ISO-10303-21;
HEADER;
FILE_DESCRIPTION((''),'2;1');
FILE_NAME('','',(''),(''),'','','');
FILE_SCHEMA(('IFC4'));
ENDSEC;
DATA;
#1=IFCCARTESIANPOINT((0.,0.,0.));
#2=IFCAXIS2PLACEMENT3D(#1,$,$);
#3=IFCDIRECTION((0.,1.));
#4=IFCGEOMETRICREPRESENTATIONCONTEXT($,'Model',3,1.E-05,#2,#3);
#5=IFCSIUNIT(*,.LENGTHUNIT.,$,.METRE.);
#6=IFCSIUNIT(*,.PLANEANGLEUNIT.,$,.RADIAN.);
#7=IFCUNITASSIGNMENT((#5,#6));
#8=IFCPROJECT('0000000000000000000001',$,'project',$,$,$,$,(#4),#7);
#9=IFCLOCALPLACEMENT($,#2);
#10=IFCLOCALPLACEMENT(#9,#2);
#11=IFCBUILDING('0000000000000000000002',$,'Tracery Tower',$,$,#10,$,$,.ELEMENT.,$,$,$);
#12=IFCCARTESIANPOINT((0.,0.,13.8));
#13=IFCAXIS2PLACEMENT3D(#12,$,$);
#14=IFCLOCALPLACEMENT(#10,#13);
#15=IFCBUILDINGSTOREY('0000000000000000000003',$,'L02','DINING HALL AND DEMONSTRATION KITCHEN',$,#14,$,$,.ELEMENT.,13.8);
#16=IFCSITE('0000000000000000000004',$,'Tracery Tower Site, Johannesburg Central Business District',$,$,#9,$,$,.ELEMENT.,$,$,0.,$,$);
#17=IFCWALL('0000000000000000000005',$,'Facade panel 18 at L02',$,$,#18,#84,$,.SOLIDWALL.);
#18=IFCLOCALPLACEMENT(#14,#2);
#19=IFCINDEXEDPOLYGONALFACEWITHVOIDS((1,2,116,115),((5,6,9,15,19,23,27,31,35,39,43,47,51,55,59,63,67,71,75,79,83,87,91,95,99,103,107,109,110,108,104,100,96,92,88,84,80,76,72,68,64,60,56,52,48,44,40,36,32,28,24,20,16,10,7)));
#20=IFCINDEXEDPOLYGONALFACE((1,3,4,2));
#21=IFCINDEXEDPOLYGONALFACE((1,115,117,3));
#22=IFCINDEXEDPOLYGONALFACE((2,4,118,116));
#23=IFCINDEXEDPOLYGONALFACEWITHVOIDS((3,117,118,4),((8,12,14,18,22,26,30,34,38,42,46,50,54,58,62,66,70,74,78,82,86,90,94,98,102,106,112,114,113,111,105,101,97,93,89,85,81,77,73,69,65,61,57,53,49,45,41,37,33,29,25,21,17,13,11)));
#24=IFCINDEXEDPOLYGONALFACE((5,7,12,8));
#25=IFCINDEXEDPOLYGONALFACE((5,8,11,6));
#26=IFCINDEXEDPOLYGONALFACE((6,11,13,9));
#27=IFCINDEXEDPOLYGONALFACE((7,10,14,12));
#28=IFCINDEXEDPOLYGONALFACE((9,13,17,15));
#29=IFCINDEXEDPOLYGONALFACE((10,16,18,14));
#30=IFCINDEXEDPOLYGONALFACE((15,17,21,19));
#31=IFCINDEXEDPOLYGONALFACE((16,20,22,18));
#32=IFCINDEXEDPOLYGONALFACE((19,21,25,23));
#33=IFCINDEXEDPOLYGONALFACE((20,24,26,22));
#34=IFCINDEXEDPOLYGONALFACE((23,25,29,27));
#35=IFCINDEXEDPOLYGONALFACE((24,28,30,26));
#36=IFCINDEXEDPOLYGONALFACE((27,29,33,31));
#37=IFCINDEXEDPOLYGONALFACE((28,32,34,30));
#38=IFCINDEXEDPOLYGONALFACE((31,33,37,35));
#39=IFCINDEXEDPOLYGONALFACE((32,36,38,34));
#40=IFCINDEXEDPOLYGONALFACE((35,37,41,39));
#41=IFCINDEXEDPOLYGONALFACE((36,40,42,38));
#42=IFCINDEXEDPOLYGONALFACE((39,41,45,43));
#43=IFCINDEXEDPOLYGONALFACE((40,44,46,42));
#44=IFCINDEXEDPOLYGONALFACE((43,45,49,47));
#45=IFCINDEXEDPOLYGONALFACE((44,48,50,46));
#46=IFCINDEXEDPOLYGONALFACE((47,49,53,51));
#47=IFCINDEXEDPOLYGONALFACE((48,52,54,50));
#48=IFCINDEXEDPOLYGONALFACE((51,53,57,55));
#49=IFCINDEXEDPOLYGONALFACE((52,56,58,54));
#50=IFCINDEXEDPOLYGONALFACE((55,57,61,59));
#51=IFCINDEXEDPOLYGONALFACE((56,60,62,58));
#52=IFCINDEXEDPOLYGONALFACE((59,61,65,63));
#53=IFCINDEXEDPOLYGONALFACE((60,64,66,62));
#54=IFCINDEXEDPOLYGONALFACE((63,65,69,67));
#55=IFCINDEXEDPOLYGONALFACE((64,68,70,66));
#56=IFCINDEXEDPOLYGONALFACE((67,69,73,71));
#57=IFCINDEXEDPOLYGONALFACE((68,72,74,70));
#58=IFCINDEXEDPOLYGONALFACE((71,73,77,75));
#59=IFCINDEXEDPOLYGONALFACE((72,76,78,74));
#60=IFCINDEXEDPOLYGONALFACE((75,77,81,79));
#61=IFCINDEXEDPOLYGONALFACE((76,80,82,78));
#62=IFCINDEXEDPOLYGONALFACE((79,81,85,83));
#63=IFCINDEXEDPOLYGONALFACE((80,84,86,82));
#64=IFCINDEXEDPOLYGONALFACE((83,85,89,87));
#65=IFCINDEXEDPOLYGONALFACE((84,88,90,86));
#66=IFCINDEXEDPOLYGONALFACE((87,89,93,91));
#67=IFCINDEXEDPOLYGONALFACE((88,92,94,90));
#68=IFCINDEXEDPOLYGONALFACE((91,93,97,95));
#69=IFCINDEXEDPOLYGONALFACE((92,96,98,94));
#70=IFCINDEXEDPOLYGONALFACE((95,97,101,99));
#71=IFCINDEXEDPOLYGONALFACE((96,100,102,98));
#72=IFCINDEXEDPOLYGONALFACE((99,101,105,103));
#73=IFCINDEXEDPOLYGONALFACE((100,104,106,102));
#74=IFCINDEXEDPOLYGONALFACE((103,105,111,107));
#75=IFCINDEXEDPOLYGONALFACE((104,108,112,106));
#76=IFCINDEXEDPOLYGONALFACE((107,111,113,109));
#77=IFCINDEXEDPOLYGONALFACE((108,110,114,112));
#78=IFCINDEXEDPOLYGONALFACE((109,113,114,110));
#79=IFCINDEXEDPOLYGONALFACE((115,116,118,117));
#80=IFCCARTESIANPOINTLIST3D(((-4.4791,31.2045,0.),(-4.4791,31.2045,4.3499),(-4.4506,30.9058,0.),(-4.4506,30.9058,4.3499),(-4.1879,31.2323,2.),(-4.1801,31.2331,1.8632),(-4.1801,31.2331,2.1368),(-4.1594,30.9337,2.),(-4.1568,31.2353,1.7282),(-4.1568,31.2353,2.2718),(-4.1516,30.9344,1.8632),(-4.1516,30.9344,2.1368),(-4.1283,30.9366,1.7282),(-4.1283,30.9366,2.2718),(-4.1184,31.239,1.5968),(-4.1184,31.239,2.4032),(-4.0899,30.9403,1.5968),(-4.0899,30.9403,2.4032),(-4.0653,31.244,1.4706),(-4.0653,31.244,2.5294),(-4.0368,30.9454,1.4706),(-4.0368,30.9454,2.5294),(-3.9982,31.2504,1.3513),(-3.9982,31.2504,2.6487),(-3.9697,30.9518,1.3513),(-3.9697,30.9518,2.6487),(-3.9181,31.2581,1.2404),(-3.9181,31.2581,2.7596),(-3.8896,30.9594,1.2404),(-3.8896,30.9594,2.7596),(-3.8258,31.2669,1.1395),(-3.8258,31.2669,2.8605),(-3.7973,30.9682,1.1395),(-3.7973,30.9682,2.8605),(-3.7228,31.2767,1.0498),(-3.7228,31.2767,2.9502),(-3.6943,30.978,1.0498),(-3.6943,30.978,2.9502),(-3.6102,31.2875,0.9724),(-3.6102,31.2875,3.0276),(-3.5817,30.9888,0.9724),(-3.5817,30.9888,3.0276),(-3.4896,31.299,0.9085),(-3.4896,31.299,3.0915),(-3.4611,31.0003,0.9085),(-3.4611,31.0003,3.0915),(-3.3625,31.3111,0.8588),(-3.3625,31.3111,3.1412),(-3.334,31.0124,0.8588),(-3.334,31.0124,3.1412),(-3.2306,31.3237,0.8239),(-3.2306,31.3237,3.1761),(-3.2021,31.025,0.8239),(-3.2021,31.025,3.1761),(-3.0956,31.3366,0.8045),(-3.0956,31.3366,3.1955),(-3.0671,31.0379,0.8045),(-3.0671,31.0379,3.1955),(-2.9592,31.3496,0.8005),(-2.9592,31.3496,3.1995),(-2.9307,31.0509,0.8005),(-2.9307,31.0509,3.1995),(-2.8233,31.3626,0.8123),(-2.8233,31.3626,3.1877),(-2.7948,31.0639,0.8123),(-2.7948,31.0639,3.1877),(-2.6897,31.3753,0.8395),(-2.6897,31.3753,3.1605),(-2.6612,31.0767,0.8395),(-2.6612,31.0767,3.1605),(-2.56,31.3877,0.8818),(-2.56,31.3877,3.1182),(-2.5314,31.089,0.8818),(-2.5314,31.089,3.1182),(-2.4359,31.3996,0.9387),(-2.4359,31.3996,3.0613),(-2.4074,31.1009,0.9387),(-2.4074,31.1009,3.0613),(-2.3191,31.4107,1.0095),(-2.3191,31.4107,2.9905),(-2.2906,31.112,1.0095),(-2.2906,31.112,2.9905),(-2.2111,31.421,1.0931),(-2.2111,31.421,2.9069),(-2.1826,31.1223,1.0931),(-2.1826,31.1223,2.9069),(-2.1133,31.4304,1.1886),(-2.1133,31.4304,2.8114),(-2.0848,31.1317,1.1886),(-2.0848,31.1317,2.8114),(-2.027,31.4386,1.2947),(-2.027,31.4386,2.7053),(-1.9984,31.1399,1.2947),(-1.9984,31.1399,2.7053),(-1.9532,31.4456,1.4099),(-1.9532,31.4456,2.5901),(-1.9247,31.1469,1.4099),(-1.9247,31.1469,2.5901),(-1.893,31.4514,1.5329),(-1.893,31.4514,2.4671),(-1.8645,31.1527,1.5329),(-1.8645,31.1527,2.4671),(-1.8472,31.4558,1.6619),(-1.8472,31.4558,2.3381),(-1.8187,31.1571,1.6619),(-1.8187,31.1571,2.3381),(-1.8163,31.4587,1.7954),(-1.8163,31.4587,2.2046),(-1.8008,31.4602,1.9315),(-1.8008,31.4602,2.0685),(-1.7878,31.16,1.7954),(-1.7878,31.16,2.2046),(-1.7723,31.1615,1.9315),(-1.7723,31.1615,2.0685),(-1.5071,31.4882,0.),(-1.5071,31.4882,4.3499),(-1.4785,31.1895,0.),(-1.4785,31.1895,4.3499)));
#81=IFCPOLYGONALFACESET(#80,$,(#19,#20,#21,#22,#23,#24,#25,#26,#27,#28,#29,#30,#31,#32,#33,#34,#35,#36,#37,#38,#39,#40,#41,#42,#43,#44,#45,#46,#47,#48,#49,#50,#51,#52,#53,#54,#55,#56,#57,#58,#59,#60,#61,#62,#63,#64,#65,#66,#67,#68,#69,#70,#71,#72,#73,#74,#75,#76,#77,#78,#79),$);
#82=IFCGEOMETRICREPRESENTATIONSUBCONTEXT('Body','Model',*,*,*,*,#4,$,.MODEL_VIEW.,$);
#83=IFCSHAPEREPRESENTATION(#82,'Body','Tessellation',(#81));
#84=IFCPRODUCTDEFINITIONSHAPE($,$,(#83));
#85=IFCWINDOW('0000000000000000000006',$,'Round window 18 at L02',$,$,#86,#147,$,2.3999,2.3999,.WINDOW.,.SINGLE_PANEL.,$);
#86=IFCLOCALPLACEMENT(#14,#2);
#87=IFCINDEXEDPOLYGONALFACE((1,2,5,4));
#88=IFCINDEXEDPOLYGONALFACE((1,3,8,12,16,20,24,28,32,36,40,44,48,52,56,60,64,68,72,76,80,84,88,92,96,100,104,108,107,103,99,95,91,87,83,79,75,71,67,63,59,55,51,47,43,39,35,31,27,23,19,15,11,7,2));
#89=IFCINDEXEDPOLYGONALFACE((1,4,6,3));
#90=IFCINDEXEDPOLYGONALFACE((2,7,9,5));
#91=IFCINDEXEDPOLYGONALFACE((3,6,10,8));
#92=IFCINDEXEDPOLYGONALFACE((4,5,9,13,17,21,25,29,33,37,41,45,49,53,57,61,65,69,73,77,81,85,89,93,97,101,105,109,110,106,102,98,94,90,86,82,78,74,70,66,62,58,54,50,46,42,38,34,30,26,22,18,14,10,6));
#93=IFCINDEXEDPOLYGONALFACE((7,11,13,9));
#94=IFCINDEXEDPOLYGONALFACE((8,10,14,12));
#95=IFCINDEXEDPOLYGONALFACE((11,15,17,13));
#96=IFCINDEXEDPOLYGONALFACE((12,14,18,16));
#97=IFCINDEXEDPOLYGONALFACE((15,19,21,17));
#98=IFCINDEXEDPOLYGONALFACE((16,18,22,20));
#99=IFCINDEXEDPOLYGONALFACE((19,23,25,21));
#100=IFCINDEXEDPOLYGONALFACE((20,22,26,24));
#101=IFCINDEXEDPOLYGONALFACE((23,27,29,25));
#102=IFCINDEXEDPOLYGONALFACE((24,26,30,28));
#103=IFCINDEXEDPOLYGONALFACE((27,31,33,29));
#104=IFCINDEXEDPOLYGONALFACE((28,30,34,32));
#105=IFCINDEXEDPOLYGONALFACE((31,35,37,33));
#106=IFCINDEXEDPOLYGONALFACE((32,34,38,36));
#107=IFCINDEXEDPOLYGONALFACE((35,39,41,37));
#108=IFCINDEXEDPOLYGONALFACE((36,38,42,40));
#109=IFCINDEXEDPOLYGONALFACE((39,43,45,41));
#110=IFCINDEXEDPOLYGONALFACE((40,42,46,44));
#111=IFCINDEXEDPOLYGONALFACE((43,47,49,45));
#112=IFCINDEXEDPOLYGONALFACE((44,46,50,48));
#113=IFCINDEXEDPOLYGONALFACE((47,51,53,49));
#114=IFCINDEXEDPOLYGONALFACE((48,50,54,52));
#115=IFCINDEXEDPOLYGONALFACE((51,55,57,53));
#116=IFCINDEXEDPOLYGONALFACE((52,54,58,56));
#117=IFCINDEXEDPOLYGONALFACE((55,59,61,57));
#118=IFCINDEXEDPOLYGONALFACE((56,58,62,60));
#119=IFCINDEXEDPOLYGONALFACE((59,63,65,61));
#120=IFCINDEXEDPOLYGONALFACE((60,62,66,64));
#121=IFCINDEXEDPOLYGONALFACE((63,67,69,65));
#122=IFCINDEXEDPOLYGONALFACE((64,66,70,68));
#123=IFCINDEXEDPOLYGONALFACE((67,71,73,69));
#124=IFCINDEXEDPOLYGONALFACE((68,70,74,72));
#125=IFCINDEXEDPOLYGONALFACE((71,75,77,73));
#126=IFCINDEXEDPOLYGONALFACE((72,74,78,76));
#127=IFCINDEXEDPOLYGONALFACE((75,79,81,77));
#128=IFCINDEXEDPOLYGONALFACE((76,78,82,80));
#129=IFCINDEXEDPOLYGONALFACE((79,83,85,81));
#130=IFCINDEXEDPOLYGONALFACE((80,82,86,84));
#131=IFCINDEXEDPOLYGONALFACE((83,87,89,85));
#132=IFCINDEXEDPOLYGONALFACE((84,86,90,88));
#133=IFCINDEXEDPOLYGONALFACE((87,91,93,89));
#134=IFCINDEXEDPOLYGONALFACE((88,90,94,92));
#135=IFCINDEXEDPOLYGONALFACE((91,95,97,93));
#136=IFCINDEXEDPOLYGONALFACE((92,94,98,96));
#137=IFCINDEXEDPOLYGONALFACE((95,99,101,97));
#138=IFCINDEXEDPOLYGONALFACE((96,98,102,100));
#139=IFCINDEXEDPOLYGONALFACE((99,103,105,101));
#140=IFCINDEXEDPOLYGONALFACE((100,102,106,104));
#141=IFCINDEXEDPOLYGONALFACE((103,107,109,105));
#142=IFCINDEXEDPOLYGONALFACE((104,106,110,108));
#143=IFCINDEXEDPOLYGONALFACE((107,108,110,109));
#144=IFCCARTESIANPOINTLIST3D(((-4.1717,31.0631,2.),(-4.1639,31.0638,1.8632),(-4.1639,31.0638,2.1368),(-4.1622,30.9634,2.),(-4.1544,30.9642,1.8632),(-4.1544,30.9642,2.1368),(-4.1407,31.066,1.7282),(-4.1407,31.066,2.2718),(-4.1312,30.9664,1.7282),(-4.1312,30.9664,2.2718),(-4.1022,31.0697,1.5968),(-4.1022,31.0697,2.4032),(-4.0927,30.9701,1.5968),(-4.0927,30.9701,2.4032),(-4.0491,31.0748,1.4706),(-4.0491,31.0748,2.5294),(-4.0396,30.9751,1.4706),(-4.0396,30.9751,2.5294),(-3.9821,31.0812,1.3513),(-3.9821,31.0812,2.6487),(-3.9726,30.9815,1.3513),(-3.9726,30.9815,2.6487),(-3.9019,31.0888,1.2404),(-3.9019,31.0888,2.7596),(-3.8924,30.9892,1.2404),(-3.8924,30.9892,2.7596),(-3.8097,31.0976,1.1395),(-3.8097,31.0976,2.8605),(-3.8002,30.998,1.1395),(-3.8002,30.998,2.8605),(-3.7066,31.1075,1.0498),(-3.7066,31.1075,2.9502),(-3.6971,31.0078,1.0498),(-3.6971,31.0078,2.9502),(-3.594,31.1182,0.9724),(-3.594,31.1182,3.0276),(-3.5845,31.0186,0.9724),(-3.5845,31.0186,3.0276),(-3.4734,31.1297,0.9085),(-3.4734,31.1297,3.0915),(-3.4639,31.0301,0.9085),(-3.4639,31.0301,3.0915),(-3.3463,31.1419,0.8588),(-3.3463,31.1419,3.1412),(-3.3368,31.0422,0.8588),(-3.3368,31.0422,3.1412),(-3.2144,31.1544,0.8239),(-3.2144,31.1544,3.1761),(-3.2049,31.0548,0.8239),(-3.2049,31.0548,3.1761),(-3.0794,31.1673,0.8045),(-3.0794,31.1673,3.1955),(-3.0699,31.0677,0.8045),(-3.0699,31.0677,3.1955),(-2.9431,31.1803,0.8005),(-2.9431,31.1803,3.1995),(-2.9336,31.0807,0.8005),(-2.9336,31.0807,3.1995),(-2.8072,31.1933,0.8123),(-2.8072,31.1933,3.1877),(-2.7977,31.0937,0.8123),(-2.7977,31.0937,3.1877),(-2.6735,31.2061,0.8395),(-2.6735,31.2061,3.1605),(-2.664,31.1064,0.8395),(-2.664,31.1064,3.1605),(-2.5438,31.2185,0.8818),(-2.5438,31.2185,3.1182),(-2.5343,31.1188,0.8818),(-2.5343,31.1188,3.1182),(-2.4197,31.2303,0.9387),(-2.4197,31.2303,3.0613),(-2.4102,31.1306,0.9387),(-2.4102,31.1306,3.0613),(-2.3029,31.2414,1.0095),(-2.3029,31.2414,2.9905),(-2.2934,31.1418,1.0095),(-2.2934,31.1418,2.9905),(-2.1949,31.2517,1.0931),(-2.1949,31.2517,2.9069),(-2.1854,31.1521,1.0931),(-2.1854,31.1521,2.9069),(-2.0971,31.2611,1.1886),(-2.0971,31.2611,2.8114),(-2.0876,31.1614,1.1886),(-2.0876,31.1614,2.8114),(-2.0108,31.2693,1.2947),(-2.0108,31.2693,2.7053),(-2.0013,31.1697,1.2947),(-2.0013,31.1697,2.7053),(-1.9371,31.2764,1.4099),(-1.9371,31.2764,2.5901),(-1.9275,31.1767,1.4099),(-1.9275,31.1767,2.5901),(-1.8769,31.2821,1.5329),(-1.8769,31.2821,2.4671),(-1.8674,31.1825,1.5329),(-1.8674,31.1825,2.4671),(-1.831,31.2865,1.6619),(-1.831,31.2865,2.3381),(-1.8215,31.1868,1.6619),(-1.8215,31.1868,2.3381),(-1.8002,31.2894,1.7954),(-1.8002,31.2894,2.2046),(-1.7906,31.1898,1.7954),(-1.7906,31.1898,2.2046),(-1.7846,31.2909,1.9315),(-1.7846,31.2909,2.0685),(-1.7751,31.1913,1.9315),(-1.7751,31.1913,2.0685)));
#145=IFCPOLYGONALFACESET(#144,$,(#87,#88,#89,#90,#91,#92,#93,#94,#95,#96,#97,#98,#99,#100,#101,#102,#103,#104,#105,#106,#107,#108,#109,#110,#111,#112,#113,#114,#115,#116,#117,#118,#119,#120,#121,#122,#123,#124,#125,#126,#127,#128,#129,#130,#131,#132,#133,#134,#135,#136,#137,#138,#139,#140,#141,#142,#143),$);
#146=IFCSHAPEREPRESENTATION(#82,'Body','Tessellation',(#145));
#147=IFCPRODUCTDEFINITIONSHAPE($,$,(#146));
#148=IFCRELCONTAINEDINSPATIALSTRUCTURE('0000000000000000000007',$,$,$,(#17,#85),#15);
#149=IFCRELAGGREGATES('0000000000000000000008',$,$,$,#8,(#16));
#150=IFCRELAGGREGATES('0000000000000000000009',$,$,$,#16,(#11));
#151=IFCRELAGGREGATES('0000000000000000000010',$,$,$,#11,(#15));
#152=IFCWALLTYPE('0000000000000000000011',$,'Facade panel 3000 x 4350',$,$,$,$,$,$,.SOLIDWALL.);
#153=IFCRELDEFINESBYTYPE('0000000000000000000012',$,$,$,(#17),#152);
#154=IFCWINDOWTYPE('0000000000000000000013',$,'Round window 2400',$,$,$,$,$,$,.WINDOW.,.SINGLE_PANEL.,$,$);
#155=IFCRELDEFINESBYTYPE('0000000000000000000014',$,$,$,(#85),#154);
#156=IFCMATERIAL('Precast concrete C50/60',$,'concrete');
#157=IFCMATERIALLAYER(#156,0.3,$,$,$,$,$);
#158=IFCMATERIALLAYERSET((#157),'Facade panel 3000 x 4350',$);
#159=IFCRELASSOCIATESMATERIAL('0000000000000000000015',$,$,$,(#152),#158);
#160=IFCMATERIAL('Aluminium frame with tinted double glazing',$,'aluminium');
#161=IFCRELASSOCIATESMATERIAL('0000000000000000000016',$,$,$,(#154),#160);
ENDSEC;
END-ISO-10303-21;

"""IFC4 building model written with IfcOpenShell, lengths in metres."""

from ifc_helpers import new_model, si_unit, direction, frame, frame_2d, origin, origin_2d, place, context, subcontext, project, spatial, rectangle, circle, extrude, material, layer, layer_set, type_object, element, fill, save


model = new_model("IFC4")

# Units and contexts
model_context = context("Model", 3, precision=1e-05, world=origin(), true_north=direction((0.0, 1.0)))
body_context = subcontext(model_context, "Body", "Model", "MODEL_VIEW")
ifc_project = project(units=[si_unit("LENGTHUNIT", "METRE"), si_unit("PLANEANGLEUNIT", "RADIAN")], contexts=[model_context])

# Site, building, storey
site_placement = place(None, origin())
site = spatial("IfcSite", under=ifc_project, at=site_placement, Name="Tracery Tower Site, Johannesburg Central Business District", CompositionType="ELEMENT", RefElevation=0.0)
building_placement = place(site_placement, origin())
building = spatial("IfcBuilding", under=site, at=building_placement, Name="Tracery Tower", CompositionType="ELEMENT")
storey_placement = place(building_placement, frame((0.0, 0.0, 13.8)))
storey = spatial("IfcBuildingStorey", under=building, at=storey_placement, Name="L02", Description="DINING HALL AND DEMONSTRATION KITCHEN", CompositionType="ELEMENT", Elevation=13.8)

# Wall, opening, window
ifc_material_1 = material(Name="Precast concrete C50/60", Category="concrete")
ifc_layer_1 = layer(ifc_material_1, 0.3)
ifc_layer_set_1 = layer_set([ifc_layer_1], Name="Facade panel 3000 x 4350")
wall_type_1 = type_object("IfcWallType", Name="Facade panel 3000 x 4350", PredefinedType="SOLIDWALL", material=ifc_layer_set_1)
wall_1_placement = place(storey_placement, frame((-1.4929, 31.3389, 0.0), z_axis=(0.0, 0.0, 1.0), x_axis=(-0.995476, -0.095017, 0.0)))
wall_1 = element("IfcWall", 1, at=wall_1_placement, inside=storey, type_object=wall_type_1, Name="Facade panel 18 at L02", PredefinedType="SOLIDWALL", context=body_context, shape_type="SweptSolid", body=[
    extrude(rectangle(XDim=2.9856, YDim=0.3, at=frame_2d((1.4927, 0.0))), origin(), (0.0, 0.0, 1.0), 4.3499),
])
opening_1_placement = place(wall_1_placement, frame((1.4929, 0.0, 2.0)))
opening_1 = element("IfcOpeningElement", 2, at=opening_1_placement, cuts=wall_1, PredefinedType="OPENING", context=body_context, shape_type="SweptSolid", body=[
    extrude(circle(Radius=1.2, at=origin_2d()), frame((0.0, 0.1599, 0.0), z_axis=(0.0, -1.0, 0.0), x_axis=(1.0, 0.0, 0.0)), (0.0, 0.0, 1.0), 0.3201),
])
ifc_material_2 = material(Name="Aluminium frame with tinted double glazing", Category="aluminium")
window_type = type_object("IfcWindowType", Name="Round window 2400", PartitioningType="SINGLE_PANEL", PredefinedType="WINDOW", material=ifc_material_2)
window_1_placement = place(opening_1_placement, origin())
window_1 = element("IfcWindow", 3, at=window_1_placement, inside=storey, type_object=window_type, Name="Round window 18 at L02", OverallHeight=2.3999, OverallWidth=2.3999, PartitioningType="SINGLE_PANEL", PredefinedType="WINDOW", context=body_context, shape_type="SweptSolid", body=[
    extrude(circle(Radius=1.2, at=origin_2d()), frame((0.0, 0.1201, 0.0), z_axis=(0.0, -1.0, 0.0), x_axis=(1.0, 0.0, 0.0)), (0.0, 0.0, 1.0), 0.1001),
])
fill(opening_1, window_1)

save(model, "model.ifc")
